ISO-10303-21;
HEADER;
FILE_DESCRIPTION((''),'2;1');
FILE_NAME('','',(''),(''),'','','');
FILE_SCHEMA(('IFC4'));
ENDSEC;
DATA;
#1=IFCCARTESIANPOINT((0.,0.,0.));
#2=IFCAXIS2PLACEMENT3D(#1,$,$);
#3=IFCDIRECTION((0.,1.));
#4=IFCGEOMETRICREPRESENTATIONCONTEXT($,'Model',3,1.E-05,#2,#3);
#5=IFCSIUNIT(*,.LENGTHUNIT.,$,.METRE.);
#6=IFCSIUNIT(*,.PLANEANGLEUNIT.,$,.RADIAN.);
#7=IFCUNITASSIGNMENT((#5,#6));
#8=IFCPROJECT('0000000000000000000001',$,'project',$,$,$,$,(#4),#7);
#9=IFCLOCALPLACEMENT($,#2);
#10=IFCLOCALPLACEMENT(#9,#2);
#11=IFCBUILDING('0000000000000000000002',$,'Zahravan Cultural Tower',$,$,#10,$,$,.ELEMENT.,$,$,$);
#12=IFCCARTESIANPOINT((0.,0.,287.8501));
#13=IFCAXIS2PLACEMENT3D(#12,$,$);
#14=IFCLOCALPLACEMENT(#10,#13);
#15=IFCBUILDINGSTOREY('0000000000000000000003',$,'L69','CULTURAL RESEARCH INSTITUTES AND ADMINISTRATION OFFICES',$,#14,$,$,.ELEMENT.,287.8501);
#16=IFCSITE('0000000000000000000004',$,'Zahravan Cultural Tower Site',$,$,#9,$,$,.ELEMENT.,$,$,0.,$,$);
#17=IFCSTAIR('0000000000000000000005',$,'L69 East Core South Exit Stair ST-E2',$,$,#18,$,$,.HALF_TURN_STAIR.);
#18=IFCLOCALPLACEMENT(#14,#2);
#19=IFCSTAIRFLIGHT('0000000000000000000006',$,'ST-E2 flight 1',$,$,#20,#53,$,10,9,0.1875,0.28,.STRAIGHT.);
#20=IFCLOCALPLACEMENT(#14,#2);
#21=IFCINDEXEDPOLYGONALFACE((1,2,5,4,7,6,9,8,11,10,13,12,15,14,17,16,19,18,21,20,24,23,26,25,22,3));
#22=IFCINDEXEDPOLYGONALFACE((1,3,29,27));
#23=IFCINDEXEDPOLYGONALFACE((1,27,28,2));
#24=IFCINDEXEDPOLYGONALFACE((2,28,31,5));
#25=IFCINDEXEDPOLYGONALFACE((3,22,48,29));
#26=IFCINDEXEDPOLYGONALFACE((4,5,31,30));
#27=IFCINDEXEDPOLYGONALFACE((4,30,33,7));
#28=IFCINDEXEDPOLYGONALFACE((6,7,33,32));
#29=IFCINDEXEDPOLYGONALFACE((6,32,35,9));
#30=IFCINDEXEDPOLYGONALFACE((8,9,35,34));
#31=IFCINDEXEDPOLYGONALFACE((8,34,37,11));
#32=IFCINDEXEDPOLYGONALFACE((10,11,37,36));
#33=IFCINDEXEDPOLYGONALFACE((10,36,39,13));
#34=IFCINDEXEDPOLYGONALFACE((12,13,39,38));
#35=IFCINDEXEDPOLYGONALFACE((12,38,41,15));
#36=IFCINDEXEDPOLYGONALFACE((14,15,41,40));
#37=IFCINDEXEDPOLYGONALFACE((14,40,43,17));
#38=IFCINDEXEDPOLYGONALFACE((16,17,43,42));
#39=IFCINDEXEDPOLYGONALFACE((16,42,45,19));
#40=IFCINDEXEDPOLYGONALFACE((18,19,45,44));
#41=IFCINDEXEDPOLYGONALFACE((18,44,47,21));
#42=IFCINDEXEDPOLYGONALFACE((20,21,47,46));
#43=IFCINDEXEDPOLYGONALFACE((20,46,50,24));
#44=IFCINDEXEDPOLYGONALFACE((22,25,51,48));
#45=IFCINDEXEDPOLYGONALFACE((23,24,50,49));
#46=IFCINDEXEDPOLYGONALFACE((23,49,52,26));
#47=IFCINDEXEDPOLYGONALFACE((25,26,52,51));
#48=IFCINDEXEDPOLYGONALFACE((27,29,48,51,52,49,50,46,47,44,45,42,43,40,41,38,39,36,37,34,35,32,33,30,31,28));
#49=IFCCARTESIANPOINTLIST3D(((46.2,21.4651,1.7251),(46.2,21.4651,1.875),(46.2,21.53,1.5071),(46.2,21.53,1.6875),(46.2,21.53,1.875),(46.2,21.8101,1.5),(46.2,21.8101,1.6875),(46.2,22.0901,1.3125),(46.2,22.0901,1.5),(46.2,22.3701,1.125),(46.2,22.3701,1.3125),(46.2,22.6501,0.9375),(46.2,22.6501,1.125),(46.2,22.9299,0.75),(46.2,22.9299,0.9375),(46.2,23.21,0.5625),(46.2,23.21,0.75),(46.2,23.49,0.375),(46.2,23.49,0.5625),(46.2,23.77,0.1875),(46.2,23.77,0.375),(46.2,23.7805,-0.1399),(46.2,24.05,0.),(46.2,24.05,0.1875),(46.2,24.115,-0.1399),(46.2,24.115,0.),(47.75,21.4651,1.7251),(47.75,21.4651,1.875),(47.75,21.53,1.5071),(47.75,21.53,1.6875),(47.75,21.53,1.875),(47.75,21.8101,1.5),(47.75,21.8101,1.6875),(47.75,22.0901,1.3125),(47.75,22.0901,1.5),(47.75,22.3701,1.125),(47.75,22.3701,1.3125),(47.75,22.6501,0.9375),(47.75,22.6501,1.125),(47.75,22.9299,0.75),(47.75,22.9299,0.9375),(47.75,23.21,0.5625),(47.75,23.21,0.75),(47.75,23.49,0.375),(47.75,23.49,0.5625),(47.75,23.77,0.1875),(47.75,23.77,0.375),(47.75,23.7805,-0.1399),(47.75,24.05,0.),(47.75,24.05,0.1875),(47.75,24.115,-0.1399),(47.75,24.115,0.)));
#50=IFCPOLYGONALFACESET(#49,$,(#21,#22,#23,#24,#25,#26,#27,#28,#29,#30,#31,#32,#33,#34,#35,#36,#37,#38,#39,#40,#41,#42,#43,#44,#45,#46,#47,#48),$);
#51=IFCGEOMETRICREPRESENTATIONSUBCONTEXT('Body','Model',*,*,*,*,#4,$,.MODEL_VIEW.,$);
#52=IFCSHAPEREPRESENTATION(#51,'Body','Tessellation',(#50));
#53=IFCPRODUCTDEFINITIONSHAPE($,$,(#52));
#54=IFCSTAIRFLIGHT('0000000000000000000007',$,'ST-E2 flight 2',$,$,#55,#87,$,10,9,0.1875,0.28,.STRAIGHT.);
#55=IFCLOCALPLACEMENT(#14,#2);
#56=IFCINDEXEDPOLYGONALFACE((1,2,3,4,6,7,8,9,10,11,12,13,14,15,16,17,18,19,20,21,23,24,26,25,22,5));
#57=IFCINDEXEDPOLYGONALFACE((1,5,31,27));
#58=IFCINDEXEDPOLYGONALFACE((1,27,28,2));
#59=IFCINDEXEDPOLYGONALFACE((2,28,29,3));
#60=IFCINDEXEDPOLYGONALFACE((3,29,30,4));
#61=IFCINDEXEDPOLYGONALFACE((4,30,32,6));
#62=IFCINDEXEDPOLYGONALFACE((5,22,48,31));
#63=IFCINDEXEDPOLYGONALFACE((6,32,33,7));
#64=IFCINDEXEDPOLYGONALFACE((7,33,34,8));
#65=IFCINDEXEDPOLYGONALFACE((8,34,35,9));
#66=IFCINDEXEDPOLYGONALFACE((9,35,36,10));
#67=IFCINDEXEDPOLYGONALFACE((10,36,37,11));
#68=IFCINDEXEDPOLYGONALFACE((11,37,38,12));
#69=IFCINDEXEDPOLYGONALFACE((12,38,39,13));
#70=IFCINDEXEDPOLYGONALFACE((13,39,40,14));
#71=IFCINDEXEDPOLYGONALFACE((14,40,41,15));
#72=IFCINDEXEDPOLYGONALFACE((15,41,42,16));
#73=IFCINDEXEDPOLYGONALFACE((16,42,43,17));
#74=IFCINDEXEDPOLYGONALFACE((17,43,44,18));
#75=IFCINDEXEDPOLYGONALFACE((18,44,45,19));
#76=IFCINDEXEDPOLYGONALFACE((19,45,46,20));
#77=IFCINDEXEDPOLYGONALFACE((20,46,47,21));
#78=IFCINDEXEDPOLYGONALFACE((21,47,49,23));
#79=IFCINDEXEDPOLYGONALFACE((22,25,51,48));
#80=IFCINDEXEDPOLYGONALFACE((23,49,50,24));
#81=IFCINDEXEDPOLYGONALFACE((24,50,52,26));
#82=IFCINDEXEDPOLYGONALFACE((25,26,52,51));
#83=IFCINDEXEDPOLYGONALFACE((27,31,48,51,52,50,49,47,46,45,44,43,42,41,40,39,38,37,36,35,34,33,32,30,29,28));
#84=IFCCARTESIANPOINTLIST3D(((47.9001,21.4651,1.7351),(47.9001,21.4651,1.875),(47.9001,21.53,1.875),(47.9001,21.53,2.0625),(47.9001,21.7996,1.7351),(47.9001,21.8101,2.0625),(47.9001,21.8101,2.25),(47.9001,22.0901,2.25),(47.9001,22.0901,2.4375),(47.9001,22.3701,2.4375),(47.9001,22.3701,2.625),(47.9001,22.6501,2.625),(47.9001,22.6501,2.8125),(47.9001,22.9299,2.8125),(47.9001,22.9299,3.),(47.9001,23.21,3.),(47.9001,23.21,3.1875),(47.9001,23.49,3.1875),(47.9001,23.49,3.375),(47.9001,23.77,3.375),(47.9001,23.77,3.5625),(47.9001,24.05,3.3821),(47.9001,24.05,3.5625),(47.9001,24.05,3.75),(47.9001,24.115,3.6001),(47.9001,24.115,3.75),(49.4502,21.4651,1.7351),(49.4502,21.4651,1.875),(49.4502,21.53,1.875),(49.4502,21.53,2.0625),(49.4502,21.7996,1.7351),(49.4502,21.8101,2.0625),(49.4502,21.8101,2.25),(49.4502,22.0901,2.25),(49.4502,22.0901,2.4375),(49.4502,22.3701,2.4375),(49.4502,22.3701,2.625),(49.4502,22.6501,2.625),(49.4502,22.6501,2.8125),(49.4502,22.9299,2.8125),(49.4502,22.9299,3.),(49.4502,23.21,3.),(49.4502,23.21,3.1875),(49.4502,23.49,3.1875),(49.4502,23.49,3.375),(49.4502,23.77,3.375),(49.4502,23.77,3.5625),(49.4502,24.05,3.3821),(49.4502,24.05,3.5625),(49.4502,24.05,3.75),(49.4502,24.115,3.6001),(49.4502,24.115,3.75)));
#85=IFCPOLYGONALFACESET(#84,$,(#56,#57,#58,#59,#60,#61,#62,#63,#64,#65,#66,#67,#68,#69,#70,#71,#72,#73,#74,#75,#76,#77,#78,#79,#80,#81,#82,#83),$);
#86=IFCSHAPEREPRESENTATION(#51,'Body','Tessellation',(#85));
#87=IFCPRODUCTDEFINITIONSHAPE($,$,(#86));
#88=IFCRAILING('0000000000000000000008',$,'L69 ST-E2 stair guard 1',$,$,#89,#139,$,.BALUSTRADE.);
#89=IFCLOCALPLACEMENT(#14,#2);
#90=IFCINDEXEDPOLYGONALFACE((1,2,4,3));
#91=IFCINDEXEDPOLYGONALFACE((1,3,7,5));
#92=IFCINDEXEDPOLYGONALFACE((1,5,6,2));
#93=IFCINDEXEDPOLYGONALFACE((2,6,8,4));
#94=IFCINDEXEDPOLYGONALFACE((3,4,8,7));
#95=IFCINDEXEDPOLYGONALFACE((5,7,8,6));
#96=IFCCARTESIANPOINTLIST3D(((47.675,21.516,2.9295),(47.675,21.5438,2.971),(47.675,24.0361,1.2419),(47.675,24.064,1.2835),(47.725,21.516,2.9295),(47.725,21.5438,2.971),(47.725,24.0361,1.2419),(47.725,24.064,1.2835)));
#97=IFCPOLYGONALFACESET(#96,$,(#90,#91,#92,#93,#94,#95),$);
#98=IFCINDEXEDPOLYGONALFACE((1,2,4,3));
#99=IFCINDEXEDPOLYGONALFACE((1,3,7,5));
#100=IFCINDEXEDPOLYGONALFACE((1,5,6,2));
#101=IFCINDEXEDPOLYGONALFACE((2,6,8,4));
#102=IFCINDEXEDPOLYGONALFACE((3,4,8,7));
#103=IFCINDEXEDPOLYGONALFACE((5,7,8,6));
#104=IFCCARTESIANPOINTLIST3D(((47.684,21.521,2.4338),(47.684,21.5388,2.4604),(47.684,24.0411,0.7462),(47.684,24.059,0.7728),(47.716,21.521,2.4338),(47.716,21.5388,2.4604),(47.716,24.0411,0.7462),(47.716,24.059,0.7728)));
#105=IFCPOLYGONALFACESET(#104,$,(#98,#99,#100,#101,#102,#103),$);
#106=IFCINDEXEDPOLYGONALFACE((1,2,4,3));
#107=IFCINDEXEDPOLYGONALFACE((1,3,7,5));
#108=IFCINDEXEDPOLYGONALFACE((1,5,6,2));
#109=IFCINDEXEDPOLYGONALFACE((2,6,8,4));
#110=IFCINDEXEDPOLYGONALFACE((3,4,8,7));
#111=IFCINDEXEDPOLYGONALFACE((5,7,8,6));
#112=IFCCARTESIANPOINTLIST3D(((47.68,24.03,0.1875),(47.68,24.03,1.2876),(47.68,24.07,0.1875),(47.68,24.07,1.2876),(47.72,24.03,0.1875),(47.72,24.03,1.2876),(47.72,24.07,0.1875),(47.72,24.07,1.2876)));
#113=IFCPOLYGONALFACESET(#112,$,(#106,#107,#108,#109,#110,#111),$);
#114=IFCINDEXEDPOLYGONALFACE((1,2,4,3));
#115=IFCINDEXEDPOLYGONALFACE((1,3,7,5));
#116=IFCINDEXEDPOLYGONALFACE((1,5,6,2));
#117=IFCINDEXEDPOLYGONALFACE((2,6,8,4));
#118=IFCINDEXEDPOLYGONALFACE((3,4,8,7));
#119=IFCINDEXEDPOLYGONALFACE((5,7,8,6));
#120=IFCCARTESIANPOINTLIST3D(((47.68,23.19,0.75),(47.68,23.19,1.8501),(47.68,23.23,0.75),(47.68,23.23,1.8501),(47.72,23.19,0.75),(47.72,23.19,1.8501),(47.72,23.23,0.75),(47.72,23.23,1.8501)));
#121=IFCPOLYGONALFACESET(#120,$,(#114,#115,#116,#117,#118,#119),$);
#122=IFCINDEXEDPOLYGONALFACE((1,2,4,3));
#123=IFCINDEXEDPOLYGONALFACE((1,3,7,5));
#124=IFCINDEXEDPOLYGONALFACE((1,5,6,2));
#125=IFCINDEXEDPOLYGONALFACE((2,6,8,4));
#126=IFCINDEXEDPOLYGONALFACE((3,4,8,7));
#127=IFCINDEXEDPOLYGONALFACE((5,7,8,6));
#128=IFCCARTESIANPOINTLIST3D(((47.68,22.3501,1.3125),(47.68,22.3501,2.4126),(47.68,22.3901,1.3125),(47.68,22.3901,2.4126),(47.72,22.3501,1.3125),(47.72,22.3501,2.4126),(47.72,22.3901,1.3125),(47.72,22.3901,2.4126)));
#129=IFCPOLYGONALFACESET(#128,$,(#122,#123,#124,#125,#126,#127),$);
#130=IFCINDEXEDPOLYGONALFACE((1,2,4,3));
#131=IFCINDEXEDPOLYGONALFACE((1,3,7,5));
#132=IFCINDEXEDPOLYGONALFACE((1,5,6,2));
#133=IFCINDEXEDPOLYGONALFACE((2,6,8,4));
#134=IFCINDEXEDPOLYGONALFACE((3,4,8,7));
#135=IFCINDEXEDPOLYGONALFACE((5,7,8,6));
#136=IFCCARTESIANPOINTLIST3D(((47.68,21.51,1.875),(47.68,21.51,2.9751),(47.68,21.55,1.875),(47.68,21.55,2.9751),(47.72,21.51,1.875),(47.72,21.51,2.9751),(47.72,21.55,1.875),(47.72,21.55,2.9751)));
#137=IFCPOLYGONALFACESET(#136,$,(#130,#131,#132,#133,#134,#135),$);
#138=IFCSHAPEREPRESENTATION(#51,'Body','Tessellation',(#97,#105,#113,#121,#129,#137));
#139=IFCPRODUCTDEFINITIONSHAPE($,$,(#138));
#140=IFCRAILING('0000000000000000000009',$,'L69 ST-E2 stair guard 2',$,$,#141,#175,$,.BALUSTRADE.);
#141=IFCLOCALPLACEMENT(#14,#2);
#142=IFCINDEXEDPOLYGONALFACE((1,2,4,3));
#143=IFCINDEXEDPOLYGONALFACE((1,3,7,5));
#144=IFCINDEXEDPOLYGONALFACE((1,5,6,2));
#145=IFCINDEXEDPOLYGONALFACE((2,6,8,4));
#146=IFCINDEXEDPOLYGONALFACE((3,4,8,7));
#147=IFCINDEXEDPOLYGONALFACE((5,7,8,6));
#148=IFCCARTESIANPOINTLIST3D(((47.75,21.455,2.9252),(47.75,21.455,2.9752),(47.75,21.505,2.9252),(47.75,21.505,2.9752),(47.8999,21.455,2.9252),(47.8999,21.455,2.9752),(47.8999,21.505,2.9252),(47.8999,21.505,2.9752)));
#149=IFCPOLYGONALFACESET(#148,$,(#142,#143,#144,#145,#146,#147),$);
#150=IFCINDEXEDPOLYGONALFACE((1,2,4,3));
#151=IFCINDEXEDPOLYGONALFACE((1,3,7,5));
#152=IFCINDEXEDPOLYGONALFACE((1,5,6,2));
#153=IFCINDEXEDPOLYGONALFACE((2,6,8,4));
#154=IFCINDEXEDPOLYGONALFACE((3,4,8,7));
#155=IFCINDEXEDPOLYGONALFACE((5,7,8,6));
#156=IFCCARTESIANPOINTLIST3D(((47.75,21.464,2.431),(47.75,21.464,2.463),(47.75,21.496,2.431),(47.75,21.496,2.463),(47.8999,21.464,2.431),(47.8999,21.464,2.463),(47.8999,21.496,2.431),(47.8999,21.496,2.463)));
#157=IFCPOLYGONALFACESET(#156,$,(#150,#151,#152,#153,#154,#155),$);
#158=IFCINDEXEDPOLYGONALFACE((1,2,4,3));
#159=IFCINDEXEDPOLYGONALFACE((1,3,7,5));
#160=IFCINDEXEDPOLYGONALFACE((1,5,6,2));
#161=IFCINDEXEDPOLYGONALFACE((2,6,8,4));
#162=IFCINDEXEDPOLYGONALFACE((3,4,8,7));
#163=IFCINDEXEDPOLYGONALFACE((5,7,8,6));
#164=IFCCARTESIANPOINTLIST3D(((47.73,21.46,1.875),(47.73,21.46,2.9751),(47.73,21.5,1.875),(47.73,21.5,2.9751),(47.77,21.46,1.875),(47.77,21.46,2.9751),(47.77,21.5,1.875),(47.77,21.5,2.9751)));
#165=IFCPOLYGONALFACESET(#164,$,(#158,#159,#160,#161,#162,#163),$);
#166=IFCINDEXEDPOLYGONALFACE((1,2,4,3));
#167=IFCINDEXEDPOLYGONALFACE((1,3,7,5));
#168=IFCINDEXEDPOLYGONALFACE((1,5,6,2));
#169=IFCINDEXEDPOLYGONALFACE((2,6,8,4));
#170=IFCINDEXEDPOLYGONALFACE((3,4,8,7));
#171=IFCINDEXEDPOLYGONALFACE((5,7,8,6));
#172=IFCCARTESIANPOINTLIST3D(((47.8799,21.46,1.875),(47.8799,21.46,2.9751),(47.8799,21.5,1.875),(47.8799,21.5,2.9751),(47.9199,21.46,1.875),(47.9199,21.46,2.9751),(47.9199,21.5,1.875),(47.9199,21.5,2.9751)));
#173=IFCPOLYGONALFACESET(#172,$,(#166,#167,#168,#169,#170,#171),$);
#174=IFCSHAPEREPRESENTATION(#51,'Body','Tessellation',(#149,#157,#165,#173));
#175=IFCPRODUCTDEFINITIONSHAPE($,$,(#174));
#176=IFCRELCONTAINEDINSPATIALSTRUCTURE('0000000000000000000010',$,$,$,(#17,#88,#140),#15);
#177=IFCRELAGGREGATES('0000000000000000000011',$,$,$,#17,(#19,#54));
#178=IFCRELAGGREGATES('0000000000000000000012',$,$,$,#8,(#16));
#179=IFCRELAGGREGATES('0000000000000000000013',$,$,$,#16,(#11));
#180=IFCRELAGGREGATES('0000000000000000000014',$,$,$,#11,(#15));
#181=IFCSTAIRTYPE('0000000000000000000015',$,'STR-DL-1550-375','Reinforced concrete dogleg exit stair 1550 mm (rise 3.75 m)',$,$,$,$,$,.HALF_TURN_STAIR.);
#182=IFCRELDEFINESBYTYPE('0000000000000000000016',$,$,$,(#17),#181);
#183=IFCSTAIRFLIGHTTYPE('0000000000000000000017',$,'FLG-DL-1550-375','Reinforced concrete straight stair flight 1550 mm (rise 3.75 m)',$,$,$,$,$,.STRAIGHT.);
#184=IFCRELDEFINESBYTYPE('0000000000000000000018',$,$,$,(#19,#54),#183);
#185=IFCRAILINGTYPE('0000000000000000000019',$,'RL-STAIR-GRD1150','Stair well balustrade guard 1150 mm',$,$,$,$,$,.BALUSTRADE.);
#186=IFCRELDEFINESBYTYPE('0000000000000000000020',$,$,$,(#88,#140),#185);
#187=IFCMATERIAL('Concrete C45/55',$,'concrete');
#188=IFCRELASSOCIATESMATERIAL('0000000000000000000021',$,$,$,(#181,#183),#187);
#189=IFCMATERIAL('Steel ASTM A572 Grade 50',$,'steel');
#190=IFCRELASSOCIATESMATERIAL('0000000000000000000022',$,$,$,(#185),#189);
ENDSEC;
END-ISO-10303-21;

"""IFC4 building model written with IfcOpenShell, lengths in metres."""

from ifc_helpers import new_model, si_unit, direction, frame, origin, origin_2d, place, context, subcontext, project, spatial, polyline, rectangle, outline, extrude, material, type_object, element, aggregate, save


model = new_model("IFC4")

# Units and contexts
model_context = context("Model", 3, precision=1e-05, world=origin(), true_north=direction((0.0, 1.0)))
body_context = subcontext(model_context, "Body", "Model", "MODEL_VIEW")
ifc_project = project(units=[si_unit("LENGTHUNIT", "METRE"), si_unit("PLANEANGLEUNIT", "RADIAN")], contexts=[model_context])

# Site, building, storey
site_placement = place(None, origin())
site = spatial("IfcSite", under=ifc_project, at=site_placement, Name="Zahravan Cultural Tower Site", CompositionType="ELEMENT", RefElevation=0.0)
building_placement = place(site_placement, origin())
building = spatial("IfcBuilding", under=site, at=building_placement, Name="Zahravan Cultural Tower", CompositionType="ELEMENT")
storey_placement = place(building_placement, frame((0.0, 0.0, 287.8501)))
storey = spatial("IfcBuildingStorey", under=building, at=storey_placement, Name="L69", Description="CULTURAL RESEARCH INSTITUTES AND ADMINISTRATION OFFICES", CompositionType="ELEMENT", Elevation=287.8501)

# Shared definitions
ifc_material_1 = material(Name="Concrete C45/55", Category="concrete")

# Stair, stair flights
stair_type = type_object("IfcStairType", Name="STR-DL-1550-375", Description="Reinforced concrete dogleg exit stair 1550 mm (rise 3.75 m)", PredefinedType="HALF_TURN_STAIR", material=ifc_material_1)
stair_placement = place(storey_placement, origin())
stair = element("IfcStair", 1, at=stair_placement, inside=storey, type_object=stair_type, Name="L69 East Core South Exit Stair ST-E2", PredefinedType="HALF_TURN_STAIR")
stair_flight_type = type_object("IfcStairFlightType", Name="FLG-DL-1550-375", Description="Reinforced concrete straight stair flight 1550 mm (rise 3.75 m)", PredefinedType="STRAIGHT", material=ifc_material_1)
stair_flight_1_placement = place(storey_placement, frame((46.9751, 24.05, 0.0), z_axis=(0.0, 0.0, 1.0), x_axis=(0.0, -1.0, 0.0)))
stair_flight_1 = element("IfcStairFlight", 2, at=stair_flight_1_placement, type_object=stair_flight_type, Name="ST-E2 flight 1", NumberOfRisers=10, NumberOfTreads=9, PredefinedType="STRAIGHT", RiserHeight=0.1875, TreadLength=0.28, context=body_context, shape_type="SweptSolid", body=[
    extrude(outline(polyline([(-0.0649, -0.1399), (-0.0649, 0.0), (0.0, 0.0), (0.0, 0.1875), (0.28, 0.1875), (0.28, 0.375), (0.5601, 0.375), (0.5601, 0.5625), (0.8401, 0.5625), (0.8401, 0.75), (1.1201, 0.75), (1.1201, 0.9375), (1.3999, 0.9375), (1.3999, 1.125), (1.6799, 1.125), (1.6799, 1.3125), (1.96, 1.3125), (1.96, 1.5), (2.24, 1.5), (2.24, 1.6875), (2.52, 1.6875), (2.52, 1.875), (2.585, 1.875), (2.585, 1.7251), (2.52, 1.5071), (0.2695, -0.1399), (-0.0649, -0.1399)])), frame((0.0, 0.7749, 0.0), z_axis=(0.0, -1.0, 0.0), x_axis=(1.0, 0.0, 0.0)), (0.0, 0.0, 1.0), 1.55),
])
stair_flight_2_placement = place(storey_placement, frame((48.675, 21.53, 1.875), z_axis=(0.0, 0.0, 1.0), x_axis=(0.0, 1.0, 0.0)))
stair_flight_2 = element("IfcStairFlight", 3, at=stair_flight_2_placement, type_object=stair_flight_type, Name="ST-E2 flight 2", NumberOfRisers=10, NumberOfTreads=9, PredefinedType="STRAIGHT", RiserHeight=0.1875, TreadLength=0.28, context=body_context, shape_type="SweptSolid", body=[
    extrude(outline(polyline([(-0.0649, -0.1399), (-0.0649, 0.0), (0.0, 0.0), (0.0, 0.1875), (0.28, 0.1875), (0.28, 0.375), (0.5601, 0.375), (0.5601, 0.5625), (0.8401, 0.5625), (0.8401, 0.75), (1.1201, 0.75), (1.1201, 0.9375), (1.3999, 0.9375), (1.3999, 1.125), (1.6799, 1.125), (1.6799, 1.3125), (1.96, 1.3125), (1.96, 1.5), (2.24, 1.5), (2.24, 1.6875), (2.52, 1.6875), (2.52, 1.875), (2.585, 1.875), (2.585, 1.7251), (2.52, 1.5071), (0.2695, -0.1399), (-0.0649, -0.1399)])), frame((0.0, 0.7749, 0.0), z_axis=(0.0, -1.0, 0.0), x_axis=(1.0, 0.0, 0.0)), (0.0, 0.0, 1.0), 1.55),
])
aggregate(stair, [stair_flight_1, stair_flight_2])

# Railings
ifc_material_2 = material(Name="Steel ASTM A572 Grade 50", Category="steel")
railing_type_1 = type_object("IfcRailingType", Name="RL-STAIR-GRD1150", Description="Stair well balustrade guard 1150 mm", PredefinedType="BALUSTRADE", material=ifc_material_2)
railing_1_placement = place(storey_placement, frame((47.7, 24.05, 0.1875)))
element("IfcRailing", 4, at=railing_1_placement, inside=storey, type_object=railing_type_1, Name="L69 ST-E2 stair guard 1", PredefinedType="BALUSTRADE", context=body_context, shape_type="SweptSolid", body=[
    extrude(rectangle(XDim=0.05, YDim=0.05, at=origin_2d()), frame((0.0, 0.0, 1.0752), z_axis=(0.0, -0.830909, 0.556408), x_axis=(1.0, 0.0, 0.0)), (0.0, 0.0, 1.0), 3.033),
    extrude(rectangle(XDim=0.032, YDim=0.032, at=origin_2d()), frame((0.0, 0.0, 0.572), z_axis=(0.0, -0.830909, 0.556408), x_axis=(1.0, 0.0, 0.0)), (0.0, 0.0, 1.0), 3.033),
    extrude(rectangle(XDim=0.04, YDim=0.04, at=origin_2d()), origin(), (0.0, 0.0, 1.0), 1.1001),
    extrude(rectangle(XDim=0.04, YDim=0.04, at=origin_2d()), frame((0.0, -0.8401, 0.5625)), (0.0, 0.0, 1.0), 1.1001),
    extrude(rectangle(XDim=0.04, YDim=0.04, at=origin_2d()), frame((0.0, -1.6799, 1.125)), (0.0, 0.0, 1.0), 1.1001),
    extrude(rectangle(XDim=0.04, YDim=0.04, at=origin_2d()), frame((0.0, -2.52, 1.6875)), (0.0, 0.0, 1.0), 1.1001),
])
railing_2_placement = place(storey_placement, frame((47.75, 21.48, 1.875)))
element("IfcRailing", 5, at=railing_2_placement, inside=storey, type_object=railing_type_1, Name="L69 ST-E2 stair guard 2", PredefinedType="BALUSTRADE", context=body_context, shape_type="SweptSolid", body=[
    extrude(rectangle(XDim=0.05, YDim=0.05, at=origin_2d()), frame((0.0, 0.0, 1.0752), z_axis=(1.0, 0.0, 0.0), x_axis=(0.0, 1.0, 0.0)), (0.0, 0.0, 1.0), 0.1499),
    extrude(rectangle(XDim=0.032, YDim=0.032, at=origin_2d()), frame((0.0, 0.0, 0.572), z_axis=(1.0, 0.0, 0.0), x_axis=(0.0, 1.0, 0.0)), (0.0, 0.0, 1.0), 0.1499),
    extrude(rectangle(XDim=0.04, YDim=0.04, at=origin_2d()), origin(), (0.0, 0.0, 1.0), 1.1001),
    extrude(rectangle(XDim=0.04, YDim=0.04, at=origin_2d()), frame((0.1499, 0.0, 0.0)), (0.0, 0.0, 1.0), 1.1001),
])

save(model, "model.ifc")
